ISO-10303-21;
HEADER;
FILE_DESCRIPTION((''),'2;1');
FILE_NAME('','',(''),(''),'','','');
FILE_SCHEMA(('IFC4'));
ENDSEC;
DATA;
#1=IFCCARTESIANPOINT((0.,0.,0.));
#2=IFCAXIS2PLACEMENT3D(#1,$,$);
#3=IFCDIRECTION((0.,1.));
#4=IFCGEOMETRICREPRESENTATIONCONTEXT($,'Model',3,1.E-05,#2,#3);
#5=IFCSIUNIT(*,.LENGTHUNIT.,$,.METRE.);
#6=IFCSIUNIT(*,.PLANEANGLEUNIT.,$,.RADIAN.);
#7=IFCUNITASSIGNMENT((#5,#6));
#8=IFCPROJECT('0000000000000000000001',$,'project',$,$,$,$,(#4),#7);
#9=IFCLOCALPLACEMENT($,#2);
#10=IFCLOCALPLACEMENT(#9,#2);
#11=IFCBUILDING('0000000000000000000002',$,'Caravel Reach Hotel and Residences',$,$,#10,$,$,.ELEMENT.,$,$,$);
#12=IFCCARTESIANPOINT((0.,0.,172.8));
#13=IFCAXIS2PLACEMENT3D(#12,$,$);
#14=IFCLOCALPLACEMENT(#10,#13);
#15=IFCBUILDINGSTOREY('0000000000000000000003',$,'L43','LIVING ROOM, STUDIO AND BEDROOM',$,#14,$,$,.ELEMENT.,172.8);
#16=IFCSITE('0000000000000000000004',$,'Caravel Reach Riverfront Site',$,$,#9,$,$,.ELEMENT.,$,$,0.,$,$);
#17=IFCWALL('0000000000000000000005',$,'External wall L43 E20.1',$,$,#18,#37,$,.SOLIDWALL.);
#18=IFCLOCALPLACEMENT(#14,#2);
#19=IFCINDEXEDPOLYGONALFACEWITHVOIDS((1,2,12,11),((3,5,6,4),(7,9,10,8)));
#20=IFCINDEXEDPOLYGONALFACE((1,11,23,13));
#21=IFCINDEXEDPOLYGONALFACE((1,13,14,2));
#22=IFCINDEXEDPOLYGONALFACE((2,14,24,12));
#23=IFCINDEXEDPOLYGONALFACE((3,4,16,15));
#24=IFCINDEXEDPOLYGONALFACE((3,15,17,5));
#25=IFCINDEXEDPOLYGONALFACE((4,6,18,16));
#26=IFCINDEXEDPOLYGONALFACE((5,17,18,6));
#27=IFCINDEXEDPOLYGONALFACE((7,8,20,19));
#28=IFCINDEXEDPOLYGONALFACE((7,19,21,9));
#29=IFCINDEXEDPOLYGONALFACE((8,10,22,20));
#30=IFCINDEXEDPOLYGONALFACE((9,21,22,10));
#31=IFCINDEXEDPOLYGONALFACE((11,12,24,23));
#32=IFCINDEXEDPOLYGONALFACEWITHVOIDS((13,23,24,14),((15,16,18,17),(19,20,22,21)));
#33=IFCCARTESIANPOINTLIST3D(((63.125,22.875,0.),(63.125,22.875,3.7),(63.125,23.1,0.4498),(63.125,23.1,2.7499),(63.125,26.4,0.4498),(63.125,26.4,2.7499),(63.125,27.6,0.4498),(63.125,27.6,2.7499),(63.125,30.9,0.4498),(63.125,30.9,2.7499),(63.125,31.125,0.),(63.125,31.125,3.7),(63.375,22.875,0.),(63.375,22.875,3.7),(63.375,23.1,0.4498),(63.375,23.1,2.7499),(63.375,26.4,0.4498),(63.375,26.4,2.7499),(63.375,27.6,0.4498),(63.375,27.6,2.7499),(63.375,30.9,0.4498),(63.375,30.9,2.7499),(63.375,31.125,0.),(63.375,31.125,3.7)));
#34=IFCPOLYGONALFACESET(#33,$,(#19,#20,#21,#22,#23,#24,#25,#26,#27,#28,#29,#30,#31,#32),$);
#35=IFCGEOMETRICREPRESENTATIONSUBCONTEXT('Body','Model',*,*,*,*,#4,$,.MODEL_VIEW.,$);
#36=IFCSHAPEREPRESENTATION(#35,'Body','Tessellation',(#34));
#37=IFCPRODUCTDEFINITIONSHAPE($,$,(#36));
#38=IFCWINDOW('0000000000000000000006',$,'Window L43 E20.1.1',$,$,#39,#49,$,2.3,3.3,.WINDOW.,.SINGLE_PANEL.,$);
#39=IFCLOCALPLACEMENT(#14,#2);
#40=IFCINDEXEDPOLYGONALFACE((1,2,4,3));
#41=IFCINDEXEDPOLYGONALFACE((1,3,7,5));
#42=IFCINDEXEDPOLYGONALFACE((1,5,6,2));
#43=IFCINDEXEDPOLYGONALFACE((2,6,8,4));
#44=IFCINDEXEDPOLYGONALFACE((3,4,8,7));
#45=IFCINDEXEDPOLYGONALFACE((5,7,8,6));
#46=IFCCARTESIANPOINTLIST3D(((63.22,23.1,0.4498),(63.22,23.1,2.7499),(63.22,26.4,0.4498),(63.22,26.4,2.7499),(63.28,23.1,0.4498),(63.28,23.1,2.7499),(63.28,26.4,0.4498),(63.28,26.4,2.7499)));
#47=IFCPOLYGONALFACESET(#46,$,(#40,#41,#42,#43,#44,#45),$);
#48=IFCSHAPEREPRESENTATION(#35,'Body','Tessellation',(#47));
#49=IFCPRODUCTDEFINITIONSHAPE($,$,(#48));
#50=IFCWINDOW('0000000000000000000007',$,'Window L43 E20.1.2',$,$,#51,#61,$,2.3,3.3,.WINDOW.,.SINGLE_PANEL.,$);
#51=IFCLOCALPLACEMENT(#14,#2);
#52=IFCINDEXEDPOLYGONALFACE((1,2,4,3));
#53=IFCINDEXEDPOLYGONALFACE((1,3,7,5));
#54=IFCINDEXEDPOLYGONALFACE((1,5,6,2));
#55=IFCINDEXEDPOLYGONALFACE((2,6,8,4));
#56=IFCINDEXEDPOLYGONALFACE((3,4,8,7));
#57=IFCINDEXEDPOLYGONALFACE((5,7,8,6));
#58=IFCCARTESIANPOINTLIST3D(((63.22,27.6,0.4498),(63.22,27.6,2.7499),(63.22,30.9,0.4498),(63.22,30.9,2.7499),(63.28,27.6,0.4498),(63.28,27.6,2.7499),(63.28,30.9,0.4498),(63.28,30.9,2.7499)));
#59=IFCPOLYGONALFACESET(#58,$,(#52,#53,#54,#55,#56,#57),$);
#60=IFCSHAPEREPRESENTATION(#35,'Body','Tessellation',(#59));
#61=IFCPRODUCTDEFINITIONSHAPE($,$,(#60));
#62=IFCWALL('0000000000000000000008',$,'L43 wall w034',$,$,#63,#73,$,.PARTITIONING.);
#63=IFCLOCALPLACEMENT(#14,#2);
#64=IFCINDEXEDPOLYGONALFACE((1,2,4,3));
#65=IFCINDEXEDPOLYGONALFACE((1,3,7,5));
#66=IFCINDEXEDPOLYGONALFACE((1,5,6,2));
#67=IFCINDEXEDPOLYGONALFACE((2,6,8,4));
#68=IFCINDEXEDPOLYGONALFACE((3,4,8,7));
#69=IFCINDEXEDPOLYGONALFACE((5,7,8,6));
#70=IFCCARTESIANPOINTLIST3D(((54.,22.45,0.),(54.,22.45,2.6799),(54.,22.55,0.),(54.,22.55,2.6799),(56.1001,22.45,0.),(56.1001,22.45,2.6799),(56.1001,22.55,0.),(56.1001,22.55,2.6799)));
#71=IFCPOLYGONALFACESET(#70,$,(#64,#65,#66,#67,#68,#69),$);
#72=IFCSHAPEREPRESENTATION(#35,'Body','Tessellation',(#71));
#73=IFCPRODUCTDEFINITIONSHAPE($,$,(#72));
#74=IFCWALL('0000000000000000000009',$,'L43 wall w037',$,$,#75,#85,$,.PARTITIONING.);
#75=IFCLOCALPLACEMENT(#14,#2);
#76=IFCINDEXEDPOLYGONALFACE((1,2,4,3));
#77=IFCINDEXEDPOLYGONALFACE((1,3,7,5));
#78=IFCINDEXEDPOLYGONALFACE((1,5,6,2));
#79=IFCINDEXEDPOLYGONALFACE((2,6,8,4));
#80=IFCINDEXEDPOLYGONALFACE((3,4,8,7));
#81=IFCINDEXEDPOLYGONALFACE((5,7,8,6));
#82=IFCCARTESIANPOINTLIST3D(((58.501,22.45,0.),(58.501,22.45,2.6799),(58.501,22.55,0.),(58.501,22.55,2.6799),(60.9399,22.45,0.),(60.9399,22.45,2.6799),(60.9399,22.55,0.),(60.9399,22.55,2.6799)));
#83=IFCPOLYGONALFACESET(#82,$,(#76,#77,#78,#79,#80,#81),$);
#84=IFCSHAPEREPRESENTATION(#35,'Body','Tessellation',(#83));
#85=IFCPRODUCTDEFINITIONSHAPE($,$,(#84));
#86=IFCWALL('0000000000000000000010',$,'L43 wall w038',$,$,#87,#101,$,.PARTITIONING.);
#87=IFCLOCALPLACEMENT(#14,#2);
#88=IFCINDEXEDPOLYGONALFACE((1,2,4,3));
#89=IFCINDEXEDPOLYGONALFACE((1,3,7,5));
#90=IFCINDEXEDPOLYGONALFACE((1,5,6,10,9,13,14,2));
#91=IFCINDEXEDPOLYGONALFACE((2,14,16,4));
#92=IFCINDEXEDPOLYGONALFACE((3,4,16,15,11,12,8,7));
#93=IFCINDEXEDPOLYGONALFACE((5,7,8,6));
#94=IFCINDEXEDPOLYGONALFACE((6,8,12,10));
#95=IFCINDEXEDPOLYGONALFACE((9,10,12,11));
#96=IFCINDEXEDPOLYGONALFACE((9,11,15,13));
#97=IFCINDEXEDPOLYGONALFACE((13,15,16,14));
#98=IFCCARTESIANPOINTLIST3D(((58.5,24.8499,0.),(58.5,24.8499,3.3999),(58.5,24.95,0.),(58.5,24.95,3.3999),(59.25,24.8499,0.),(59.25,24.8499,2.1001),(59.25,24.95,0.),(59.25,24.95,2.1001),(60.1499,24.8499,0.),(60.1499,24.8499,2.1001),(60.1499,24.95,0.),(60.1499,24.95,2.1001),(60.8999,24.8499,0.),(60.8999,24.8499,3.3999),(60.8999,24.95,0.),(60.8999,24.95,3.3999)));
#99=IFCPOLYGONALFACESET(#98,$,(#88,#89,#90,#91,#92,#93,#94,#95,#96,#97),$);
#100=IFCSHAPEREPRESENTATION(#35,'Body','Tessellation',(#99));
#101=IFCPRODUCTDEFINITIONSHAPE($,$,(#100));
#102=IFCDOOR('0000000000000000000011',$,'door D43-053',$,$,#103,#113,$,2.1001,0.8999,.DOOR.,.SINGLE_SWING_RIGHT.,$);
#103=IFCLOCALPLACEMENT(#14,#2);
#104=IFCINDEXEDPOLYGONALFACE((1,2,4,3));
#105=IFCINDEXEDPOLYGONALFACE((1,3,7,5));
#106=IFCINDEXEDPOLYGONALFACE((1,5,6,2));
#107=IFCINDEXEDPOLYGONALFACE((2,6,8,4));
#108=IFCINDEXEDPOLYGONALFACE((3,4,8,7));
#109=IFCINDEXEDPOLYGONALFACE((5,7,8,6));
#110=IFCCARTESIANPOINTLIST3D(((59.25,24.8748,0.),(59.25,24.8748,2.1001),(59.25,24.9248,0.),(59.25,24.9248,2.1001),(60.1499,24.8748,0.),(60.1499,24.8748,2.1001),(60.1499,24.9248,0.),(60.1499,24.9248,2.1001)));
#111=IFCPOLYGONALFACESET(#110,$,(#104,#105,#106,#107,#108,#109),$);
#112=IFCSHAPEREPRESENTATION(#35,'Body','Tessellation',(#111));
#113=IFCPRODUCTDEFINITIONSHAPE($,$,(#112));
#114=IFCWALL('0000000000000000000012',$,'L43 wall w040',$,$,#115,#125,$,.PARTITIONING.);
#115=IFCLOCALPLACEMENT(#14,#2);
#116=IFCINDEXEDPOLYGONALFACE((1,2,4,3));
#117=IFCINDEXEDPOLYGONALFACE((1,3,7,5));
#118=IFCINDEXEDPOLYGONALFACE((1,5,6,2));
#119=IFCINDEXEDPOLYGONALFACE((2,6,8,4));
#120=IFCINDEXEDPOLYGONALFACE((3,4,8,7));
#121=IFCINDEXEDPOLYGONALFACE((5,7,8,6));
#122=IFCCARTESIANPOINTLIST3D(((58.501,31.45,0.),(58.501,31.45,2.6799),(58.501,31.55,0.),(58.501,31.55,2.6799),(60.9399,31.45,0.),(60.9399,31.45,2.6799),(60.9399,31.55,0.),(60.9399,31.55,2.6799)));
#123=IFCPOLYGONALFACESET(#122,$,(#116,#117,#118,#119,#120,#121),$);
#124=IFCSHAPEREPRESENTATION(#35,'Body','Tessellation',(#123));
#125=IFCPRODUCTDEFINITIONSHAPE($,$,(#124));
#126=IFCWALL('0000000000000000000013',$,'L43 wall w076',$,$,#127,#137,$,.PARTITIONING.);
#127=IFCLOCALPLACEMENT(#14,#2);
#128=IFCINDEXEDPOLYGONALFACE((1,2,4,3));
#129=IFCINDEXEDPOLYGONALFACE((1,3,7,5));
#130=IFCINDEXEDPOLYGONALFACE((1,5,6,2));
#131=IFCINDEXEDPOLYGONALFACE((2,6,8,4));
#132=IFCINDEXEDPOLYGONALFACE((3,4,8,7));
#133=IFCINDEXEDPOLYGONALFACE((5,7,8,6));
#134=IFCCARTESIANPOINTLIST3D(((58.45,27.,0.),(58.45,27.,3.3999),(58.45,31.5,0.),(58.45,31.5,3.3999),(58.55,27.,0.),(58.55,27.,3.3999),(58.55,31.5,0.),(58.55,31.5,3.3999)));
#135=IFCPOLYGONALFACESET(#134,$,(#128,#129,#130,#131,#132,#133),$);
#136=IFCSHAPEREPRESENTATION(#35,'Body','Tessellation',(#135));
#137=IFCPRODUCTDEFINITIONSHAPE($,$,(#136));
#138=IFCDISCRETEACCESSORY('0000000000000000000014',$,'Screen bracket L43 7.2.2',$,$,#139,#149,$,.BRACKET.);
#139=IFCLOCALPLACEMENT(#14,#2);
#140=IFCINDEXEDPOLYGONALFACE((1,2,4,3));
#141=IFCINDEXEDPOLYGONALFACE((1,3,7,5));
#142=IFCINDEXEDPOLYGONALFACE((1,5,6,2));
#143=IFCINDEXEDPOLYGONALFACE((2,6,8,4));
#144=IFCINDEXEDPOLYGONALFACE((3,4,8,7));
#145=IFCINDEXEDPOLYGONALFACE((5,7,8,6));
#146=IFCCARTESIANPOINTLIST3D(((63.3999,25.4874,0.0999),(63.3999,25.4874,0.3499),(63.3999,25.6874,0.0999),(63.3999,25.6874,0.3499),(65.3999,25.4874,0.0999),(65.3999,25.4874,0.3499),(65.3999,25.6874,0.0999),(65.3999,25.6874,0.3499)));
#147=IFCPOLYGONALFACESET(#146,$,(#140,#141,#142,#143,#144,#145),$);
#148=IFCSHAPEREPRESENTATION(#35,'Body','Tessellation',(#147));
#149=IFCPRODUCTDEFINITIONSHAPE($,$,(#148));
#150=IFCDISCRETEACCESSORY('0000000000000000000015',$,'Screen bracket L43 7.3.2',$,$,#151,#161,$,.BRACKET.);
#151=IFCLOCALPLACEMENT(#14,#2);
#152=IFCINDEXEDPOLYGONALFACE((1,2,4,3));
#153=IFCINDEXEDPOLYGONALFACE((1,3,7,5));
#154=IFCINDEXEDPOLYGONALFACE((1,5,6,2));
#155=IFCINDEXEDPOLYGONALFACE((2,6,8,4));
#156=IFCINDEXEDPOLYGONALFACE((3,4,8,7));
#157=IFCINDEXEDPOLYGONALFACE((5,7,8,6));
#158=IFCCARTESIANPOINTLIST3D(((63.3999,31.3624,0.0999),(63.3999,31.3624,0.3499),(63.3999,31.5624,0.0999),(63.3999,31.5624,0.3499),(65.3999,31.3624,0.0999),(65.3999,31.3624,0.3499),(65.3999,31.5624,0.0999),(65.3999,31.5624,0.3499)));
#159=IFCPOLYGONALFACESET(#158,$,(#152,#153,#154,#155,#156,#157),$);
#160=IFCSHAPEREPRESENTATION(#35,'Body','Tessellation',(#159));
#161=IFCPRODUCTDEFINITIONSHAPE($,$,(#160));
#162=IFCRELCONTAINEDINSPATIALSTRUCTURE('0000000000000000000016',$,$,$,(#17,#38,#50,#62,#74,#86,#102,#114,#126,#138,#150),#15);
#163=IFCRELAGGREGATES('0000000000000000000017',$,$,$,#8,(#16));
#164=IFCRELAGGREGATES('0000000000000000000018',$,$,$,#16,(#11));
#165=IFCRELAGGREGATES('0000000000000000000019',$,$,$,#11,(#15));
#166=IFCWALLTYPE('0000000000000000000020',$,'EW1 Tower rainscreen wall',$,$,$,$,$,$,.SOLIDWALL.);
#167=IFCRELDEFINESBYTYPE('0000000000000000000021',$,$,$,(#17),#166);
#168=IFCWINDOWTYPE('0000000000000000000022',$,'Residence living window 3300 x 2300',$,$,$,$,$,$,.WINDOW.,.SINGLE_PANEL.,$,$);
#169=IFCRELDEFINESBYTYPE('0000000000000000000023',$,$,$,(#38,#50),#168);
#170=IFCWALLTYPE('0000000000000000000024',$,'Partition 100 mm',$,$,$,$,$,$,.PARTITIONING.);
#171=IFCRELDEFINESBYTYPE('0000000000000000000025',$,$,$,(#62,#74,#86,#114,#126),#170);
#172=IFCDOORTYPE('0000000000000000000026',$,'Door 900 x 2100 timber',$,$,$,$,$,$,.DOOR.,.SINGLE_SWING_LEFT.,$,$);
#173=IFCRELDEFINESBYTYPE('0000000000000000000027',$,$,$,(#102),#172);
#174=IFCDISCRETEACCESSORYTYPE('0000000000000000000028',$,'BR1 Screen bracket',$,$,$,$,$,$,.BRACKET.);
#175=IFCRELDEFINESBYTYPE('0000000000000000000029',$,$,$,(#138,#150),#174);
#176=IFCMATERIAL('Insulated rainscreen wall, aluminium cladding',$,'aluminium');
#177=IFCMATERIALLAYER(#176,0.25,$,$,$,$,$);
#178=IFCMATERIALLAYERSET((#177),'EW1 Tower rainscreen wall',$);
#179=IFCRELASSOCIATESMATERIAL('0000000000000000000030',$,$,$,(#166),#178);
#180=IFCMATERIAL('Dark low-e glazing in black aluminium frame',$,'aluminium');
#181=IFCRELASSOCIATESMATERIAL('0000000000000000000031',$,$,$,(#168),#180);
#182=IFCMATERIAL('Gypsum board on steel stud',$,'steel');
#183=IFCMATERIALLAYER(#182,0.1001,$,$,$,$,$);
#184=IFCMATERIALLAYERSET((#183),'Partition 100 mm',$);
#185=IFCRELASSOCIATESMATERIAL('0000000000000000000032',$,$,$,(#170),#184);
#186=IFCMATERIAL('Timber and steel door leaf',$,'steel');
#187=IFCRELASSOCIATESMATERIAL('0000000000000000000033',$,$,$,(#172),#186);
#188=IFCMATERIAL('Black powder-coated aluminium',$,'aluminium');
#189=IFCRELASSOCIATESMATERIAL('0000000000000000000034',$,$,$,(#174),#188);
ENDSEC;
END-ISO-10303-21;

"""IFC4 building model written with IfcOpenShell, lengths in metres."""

from ifc_helpers import new_model, si_unit, direction, frame, frame_2d, origin, origin_2d, place, context, subcontext, project, spatial, rectangle, extrude, material, layer, layer_set, type_object, element, fill, save


model = new_model("IFC4")

# Units and contexts
model_context = context("Model", 3, precision=1e-05, world=origin(), true_north=direction((0.0, 1.0)))
body_context = subcontext(model_context, "Body", "Model", "MODEL_VIEW")
ifc_project = project(units=[si_unit("LENGTHUNIT", "METRE"), si_unit("PLANEANGLEUNIT", "RADIAN")], contexts=[model_context])

# Site, building, storey
site_placement = place(None, origin())
site = spatial("IfcSite", under=ifc_project, at=site_placement, Name="Caravel Reach Riverfront Site", CompositionType="ELEMENT", RefElevation=0.0)
building_placement = place(site_placement, origin())
building = spatial("IfcBuilding", under=site, at=building_placement, Name="Caravel Reach Hotel and Residences", CompositionType="ELEMENT")
storey_placement = place(building_placement, frame((0.0, 0.0, 172.8)))
storey = spatial("IfcBuildingStorey", under=building, at=storey_placement, Name="L43", Description="LIVING ROOM, STUDIO AND BEDROOM", CompositionType="ELEMENT", Elevation=172.8)

# Wall, openings, windows
ifc_material_1 = material(Name="Insulated rainscreen wall, aluminium cladding", Category="aluminium")
ifc_layer_1 = layer(ifc_material_1, 0.25)
ifc_layer_set_1 = layer_set([ifc_layer_1], Name="EW1 Tower rainscreen wall")
wall_type_1 = type_object("IfcWallType", Name="EW1 Tower rainscreen wall", PredefinedType="SOLIDWALL", material=ifc_layer_set_1)
wall_1_placement = place(storey_placement, frame((63.25, 22.875, 0.0), z_axis=(0.0, 0.0, 1.0), x_axis=(0.0, 1.0, 0.0)))
wall_1 = element("IfcWall", 1, at=wall_1_placement, inside=storey, type_object=wall_type_1, Name="External wall L43 E20.1", PredefinedType="SOLIDWALL", context=body_context, shape_type="SweptSolid", body=[
    extrude(rectangle(XDim=8.25, YDim=0.25, at=frame_2d((4.125, 0.0))), origin(), (0.0, 0.0, 1.0), 3.7),
])
opening_1_placement = place(wall_1_placement, frame((0.2251, 0.0, 0.45)))
opening_1 = element("IfcOpeningElement", 2, at=opening_1_placement, cuts=wall_1, PredefinedType="OPENING", context=body_context, shape_type="SweptSolid", body=[
    extrude(rectangle(XDim=3.3, YDim=2.3, at=frame_2d((1.6499, 1.1499))), frame((0.0, 0.135, 0.0), z_axis=(0.0, -1.0, 0.0), x_axis=(1.0, 0.0, 0.0)), (0.0, 0.0, 1.0), 0.27),
])
opening_2_placement = place(wall_1_placement, frame((4.7251, 0.0, 0.45)))
opening_2 = element("IfcOpeningElement", 3, at=opening_2_placement, cuts=wall_1, PredefinedType="OPENING", context=body_context, shape_type="SweptSolid", body=[
    extrude(rectangle(XDim=3.3, YDim=2.3, at=frame_2d((1.6499, 1.1499))), frame((0.0, 0.135, 0.0), z_axis=(0.0, -1.0, 0.0), x_axis=(1.0, 0.0, 0.0)), (0.0, 0.0, 1.0), 0.27),
])
ifc_material_2 = material(Name="Dark low-e glazing in black aluminium frame", Category="aluminium")
window_type = type_object("IfcWindowType", Name="Residence living window 3300 x 2300", PartitioningType="SINGLE_PANEL", PredefinedType="WINDOW", material=ifc_material_2)
window_1_placement = place(opening_1_placement, origin())
window_1 = element("IfcWindow", 4, at=window_1_placement, inside=storey, type_object=window_type, Name="Window L43 E20.1.1", OverallHeight=2.3, OverallWidth=3.3, PartitioningType="SINGLE_PANEL", PredefinedType="WINDOW", context=body_context, shape_type="SweptSolid", body=[
    extrude(rectangle(XDim=3.3, YDim=2.3, at=frame_2d((1.6499, 1.1499))), frame((0.0, 0.03, 0.0), z_axis=(0.0, -1.0, 0.0), x_axis=(1.0, 0.0, 0.0)), (0.0, 0.0, 1.0), 0.0601),
])
fill(opening_1, window_1)
window_2_placement = place(opening_2_placement, origin())
window_2 = element("IfcWindow", 5, at=window_2_placement, inside=storey, type_object=window_type, Name="Window L43 E20.1.2", OverallHeight=2.3, OverallWidth=3.3, PartitioningType="SINGLE_PANEL", PredefinedType="WINDOW", context=body_context, shape_type="SweptSolid", body=[
    extrude(rectangle(XDim=3.3, YDim=2.3, at=frame_2d((1.6499, 1.1499))), frame((0.0, 0.03, 0.0), z_axis=(0.0, -1.0, 0.0), x_axis=(1.0, 0.0, 0.0)), (0.0, 0.0, 1.0), 0.0601),
])
fill(opening_2, window_2)

# Walls
ifc_material_3 = material(Name="Gypsum board on steel stud", Category="steel")
ifc_layer_2 = layer(ifc_material_3, 0.1001)
ifc_layer_set_2 = layer_set([ifc_layer_2], Name="Partition 100 mm")
wall_type_2 = type_object("IfcWallType", Name="Partition 100 mm", PredefinedType="PARTITIONING", material=ifc_layer_set_2)
wall_2_placement = place(storey_placement, frame((54.0, 22.5, 0.0), z_axis=(0.0, 0.0, 1.0), x_axis=(1.0, 0.0, 0.0)))
element("IfcWall", 6, at=wall_2_placement, inside=storey, type_object=wall_type_2, Name="L43 wall w034", PredefinedType="PARTITIONING", context=body_context, shape_type="SweptSolid", body=[
    extrude(rectangle(XDim=2.1001, YDim=0.1001, at=frame_2d((1.05, 0.0))), origin(), (0.0, 0.0, 1.0), 2.6799),
])
wall_3_placement = place(storey_placement, frame((58.501, 22.5, 0.0), z_axis=(0.0, 0.0, 1.0), x_axis=(1.0, 0.0, 0.0)))
element("IfcWall", 7, at=wall_3_placement, inside=storey, type_object=wall_type_2, Name="L43 wall w037", PredefinedType="PARTITIONING", context=body_context, shape_type="SweptSolid", body=[
    extrude(rectangle(XDim=2.439, YDim=0.1001, at=frame_2d((1.2195, 0.0))), origin(), (0.0, 0.0, 1.0), 2.6799),
])

# Wall, opening, door
wall_4_placement = place(storey_placement, frame((58.5, 24.8999, 0.0), z_axis=(0.0, 0.0, 1.0), x_axis=(1.0, 0.0, 0.0)))
wall_4 = element("IfcWall", 8, at=wall_4_placement, inside=storey, type_object=wall_type_2, Name="L43 wall w038", PredefinedType="PARTITIONING", context=body_context, shape_type="SweptSolid", body=[
    extrude(rectangle(XDim=2.3999, YDim=0.1001, at=frame_2d((1.2, 0.0))), origin(), (0.0, 0.0, 1.0), 3.3999),
])
opening_3_placement = place(wall_4_placement, frame((0.75, 0.0, 0.0)))
opening_3 = element("IfcOpeningElement", 9, at=opening_3_placement, cuts=wall_4, PredefinedType="OPENING", context=body_context, shape_type="SweptSolid", body=[
    extrude(rectangle(XDim=0.8999, YDim=2.1001, at=frame_2d((0.45, 1.05))), frame((0.0, 0.0601, 0.0), z_axis=(0.0, -1.0, 0.0), x_axis=(1.0, 0.0, 0.0)), (0.0, 0.0, 1.0), 0.1201),
])
ifc_material_4 = material(Name="Timber and steel door leaf", Category="steel")
door_type_1 = type_object("IfcDoorType", Name="Door 900 x 2100 timber", OperationType="SINGLE_SWING_LEFT", PredefinedType="DOOR", material=ifc_material_4)
door_1_placement = place(opening_3_placement, origin())
door_1 = element("IfcDoor", 10, at=door_1_placement, inside=storey, type_object=door_type_1, Name="door D43-053", OperationType="SINGLE_SWING_RIGHT", OverallHeight=2.1001, OverallWidth=0.8999, PredefinedType="DOOR", context=body_context, shape_type="SweptSolid", body=[
    extrude(rectangle(XDim=0.8999, YDim=2.1001, at=frame_2d((0.45, 1.05))), frame((0.0, 0.0249, 0.0), z_axis=(0.0, -1.0, 0.0), x_axis=(1.0, 0.0, 0.0)), (0.0, 0.0, 1.0), 0.05),
])
fill(opening_3, door_1)

# Walls
wall_5_placement = place(storey_placement, frame((58.501, 31.5, 0.0), z_axis=(0.0, 0.0, 1.0), x_axis=(1.0, 0.0, 0.0)))
element("IfcWall", 11, at=wall_5_placement, inside=storey, type_object=wall_type_2, Name="L43 wall w040", PredefinedType="PARTITIONING", context=body_context, shape_type="SweptSolid", body=[
    extrude(rectangle(XDim=2.439, YDim=0.1001, at=frame_2d((1.2195, 0.0))), origin(), (0.0, 0.0, 1.0), 2.6799),
])
wall_6_placement = place(storey_placement, frame((58.5, 27.0, 0.0), z_axis=(0.0, 0.0, 1.0), x_axis=(0.0, 1.0, 0.0)))
element("IfcWall", 12, at=wall_6_placement, inside=storey, type_object=wall_type_2, Name="L43 wall w076", PredefinedType="PARTITIONING", context=body_context, shape_type="SweptSolid", body=[
    extrude(rectangle(XDim=4.5, YDim=0.1001, at=frame_2d((2.25, 0.0))), origin(), (0.0, 0.0, 1.0), 3.3999),
])

# Discrete accessories
ifc_material_5 = material(Name="Black powder-coated aluminium", Category="aluminium")
discrete_accessory_type = type_object("IfcDiscreteAccessoryType", Name="BR1 Screen bracket", PredefinedType="BRACKET", material=ifc_material_5)
for number, where, z_axis, x_axis, name in (
    (13, (64.3999, 25.5874, 0.0999), (0.0, 0.0, 1.0), (1.0, 0.0, 0.0), "Screen bracket L43 7.2.2"),
    (14, (64.3999, 31.4624, 0.0999), (0.0, 0.0, 1.0), (1.0, 0.0, 0.0), "Screen bracket L43 7.3.2"),
):
    element("IfcDiscreteAccessory", number, at=place(storey_placement, frame(where, z_axis=z_axis, x_axis=x_axis)), inside=storey, type_object=discrete_accessory_type, Name=name, PredefinedType="BRACKET", context=body_context, shape_type="SweptSolid", body=[
        extrude(rectangle(XDim=2.0, YDim=0.2, at=origin_2d()), origin(), (0.0, 0.0, 1.0), 0.25),
    ])

save(model, "model.ifc")
